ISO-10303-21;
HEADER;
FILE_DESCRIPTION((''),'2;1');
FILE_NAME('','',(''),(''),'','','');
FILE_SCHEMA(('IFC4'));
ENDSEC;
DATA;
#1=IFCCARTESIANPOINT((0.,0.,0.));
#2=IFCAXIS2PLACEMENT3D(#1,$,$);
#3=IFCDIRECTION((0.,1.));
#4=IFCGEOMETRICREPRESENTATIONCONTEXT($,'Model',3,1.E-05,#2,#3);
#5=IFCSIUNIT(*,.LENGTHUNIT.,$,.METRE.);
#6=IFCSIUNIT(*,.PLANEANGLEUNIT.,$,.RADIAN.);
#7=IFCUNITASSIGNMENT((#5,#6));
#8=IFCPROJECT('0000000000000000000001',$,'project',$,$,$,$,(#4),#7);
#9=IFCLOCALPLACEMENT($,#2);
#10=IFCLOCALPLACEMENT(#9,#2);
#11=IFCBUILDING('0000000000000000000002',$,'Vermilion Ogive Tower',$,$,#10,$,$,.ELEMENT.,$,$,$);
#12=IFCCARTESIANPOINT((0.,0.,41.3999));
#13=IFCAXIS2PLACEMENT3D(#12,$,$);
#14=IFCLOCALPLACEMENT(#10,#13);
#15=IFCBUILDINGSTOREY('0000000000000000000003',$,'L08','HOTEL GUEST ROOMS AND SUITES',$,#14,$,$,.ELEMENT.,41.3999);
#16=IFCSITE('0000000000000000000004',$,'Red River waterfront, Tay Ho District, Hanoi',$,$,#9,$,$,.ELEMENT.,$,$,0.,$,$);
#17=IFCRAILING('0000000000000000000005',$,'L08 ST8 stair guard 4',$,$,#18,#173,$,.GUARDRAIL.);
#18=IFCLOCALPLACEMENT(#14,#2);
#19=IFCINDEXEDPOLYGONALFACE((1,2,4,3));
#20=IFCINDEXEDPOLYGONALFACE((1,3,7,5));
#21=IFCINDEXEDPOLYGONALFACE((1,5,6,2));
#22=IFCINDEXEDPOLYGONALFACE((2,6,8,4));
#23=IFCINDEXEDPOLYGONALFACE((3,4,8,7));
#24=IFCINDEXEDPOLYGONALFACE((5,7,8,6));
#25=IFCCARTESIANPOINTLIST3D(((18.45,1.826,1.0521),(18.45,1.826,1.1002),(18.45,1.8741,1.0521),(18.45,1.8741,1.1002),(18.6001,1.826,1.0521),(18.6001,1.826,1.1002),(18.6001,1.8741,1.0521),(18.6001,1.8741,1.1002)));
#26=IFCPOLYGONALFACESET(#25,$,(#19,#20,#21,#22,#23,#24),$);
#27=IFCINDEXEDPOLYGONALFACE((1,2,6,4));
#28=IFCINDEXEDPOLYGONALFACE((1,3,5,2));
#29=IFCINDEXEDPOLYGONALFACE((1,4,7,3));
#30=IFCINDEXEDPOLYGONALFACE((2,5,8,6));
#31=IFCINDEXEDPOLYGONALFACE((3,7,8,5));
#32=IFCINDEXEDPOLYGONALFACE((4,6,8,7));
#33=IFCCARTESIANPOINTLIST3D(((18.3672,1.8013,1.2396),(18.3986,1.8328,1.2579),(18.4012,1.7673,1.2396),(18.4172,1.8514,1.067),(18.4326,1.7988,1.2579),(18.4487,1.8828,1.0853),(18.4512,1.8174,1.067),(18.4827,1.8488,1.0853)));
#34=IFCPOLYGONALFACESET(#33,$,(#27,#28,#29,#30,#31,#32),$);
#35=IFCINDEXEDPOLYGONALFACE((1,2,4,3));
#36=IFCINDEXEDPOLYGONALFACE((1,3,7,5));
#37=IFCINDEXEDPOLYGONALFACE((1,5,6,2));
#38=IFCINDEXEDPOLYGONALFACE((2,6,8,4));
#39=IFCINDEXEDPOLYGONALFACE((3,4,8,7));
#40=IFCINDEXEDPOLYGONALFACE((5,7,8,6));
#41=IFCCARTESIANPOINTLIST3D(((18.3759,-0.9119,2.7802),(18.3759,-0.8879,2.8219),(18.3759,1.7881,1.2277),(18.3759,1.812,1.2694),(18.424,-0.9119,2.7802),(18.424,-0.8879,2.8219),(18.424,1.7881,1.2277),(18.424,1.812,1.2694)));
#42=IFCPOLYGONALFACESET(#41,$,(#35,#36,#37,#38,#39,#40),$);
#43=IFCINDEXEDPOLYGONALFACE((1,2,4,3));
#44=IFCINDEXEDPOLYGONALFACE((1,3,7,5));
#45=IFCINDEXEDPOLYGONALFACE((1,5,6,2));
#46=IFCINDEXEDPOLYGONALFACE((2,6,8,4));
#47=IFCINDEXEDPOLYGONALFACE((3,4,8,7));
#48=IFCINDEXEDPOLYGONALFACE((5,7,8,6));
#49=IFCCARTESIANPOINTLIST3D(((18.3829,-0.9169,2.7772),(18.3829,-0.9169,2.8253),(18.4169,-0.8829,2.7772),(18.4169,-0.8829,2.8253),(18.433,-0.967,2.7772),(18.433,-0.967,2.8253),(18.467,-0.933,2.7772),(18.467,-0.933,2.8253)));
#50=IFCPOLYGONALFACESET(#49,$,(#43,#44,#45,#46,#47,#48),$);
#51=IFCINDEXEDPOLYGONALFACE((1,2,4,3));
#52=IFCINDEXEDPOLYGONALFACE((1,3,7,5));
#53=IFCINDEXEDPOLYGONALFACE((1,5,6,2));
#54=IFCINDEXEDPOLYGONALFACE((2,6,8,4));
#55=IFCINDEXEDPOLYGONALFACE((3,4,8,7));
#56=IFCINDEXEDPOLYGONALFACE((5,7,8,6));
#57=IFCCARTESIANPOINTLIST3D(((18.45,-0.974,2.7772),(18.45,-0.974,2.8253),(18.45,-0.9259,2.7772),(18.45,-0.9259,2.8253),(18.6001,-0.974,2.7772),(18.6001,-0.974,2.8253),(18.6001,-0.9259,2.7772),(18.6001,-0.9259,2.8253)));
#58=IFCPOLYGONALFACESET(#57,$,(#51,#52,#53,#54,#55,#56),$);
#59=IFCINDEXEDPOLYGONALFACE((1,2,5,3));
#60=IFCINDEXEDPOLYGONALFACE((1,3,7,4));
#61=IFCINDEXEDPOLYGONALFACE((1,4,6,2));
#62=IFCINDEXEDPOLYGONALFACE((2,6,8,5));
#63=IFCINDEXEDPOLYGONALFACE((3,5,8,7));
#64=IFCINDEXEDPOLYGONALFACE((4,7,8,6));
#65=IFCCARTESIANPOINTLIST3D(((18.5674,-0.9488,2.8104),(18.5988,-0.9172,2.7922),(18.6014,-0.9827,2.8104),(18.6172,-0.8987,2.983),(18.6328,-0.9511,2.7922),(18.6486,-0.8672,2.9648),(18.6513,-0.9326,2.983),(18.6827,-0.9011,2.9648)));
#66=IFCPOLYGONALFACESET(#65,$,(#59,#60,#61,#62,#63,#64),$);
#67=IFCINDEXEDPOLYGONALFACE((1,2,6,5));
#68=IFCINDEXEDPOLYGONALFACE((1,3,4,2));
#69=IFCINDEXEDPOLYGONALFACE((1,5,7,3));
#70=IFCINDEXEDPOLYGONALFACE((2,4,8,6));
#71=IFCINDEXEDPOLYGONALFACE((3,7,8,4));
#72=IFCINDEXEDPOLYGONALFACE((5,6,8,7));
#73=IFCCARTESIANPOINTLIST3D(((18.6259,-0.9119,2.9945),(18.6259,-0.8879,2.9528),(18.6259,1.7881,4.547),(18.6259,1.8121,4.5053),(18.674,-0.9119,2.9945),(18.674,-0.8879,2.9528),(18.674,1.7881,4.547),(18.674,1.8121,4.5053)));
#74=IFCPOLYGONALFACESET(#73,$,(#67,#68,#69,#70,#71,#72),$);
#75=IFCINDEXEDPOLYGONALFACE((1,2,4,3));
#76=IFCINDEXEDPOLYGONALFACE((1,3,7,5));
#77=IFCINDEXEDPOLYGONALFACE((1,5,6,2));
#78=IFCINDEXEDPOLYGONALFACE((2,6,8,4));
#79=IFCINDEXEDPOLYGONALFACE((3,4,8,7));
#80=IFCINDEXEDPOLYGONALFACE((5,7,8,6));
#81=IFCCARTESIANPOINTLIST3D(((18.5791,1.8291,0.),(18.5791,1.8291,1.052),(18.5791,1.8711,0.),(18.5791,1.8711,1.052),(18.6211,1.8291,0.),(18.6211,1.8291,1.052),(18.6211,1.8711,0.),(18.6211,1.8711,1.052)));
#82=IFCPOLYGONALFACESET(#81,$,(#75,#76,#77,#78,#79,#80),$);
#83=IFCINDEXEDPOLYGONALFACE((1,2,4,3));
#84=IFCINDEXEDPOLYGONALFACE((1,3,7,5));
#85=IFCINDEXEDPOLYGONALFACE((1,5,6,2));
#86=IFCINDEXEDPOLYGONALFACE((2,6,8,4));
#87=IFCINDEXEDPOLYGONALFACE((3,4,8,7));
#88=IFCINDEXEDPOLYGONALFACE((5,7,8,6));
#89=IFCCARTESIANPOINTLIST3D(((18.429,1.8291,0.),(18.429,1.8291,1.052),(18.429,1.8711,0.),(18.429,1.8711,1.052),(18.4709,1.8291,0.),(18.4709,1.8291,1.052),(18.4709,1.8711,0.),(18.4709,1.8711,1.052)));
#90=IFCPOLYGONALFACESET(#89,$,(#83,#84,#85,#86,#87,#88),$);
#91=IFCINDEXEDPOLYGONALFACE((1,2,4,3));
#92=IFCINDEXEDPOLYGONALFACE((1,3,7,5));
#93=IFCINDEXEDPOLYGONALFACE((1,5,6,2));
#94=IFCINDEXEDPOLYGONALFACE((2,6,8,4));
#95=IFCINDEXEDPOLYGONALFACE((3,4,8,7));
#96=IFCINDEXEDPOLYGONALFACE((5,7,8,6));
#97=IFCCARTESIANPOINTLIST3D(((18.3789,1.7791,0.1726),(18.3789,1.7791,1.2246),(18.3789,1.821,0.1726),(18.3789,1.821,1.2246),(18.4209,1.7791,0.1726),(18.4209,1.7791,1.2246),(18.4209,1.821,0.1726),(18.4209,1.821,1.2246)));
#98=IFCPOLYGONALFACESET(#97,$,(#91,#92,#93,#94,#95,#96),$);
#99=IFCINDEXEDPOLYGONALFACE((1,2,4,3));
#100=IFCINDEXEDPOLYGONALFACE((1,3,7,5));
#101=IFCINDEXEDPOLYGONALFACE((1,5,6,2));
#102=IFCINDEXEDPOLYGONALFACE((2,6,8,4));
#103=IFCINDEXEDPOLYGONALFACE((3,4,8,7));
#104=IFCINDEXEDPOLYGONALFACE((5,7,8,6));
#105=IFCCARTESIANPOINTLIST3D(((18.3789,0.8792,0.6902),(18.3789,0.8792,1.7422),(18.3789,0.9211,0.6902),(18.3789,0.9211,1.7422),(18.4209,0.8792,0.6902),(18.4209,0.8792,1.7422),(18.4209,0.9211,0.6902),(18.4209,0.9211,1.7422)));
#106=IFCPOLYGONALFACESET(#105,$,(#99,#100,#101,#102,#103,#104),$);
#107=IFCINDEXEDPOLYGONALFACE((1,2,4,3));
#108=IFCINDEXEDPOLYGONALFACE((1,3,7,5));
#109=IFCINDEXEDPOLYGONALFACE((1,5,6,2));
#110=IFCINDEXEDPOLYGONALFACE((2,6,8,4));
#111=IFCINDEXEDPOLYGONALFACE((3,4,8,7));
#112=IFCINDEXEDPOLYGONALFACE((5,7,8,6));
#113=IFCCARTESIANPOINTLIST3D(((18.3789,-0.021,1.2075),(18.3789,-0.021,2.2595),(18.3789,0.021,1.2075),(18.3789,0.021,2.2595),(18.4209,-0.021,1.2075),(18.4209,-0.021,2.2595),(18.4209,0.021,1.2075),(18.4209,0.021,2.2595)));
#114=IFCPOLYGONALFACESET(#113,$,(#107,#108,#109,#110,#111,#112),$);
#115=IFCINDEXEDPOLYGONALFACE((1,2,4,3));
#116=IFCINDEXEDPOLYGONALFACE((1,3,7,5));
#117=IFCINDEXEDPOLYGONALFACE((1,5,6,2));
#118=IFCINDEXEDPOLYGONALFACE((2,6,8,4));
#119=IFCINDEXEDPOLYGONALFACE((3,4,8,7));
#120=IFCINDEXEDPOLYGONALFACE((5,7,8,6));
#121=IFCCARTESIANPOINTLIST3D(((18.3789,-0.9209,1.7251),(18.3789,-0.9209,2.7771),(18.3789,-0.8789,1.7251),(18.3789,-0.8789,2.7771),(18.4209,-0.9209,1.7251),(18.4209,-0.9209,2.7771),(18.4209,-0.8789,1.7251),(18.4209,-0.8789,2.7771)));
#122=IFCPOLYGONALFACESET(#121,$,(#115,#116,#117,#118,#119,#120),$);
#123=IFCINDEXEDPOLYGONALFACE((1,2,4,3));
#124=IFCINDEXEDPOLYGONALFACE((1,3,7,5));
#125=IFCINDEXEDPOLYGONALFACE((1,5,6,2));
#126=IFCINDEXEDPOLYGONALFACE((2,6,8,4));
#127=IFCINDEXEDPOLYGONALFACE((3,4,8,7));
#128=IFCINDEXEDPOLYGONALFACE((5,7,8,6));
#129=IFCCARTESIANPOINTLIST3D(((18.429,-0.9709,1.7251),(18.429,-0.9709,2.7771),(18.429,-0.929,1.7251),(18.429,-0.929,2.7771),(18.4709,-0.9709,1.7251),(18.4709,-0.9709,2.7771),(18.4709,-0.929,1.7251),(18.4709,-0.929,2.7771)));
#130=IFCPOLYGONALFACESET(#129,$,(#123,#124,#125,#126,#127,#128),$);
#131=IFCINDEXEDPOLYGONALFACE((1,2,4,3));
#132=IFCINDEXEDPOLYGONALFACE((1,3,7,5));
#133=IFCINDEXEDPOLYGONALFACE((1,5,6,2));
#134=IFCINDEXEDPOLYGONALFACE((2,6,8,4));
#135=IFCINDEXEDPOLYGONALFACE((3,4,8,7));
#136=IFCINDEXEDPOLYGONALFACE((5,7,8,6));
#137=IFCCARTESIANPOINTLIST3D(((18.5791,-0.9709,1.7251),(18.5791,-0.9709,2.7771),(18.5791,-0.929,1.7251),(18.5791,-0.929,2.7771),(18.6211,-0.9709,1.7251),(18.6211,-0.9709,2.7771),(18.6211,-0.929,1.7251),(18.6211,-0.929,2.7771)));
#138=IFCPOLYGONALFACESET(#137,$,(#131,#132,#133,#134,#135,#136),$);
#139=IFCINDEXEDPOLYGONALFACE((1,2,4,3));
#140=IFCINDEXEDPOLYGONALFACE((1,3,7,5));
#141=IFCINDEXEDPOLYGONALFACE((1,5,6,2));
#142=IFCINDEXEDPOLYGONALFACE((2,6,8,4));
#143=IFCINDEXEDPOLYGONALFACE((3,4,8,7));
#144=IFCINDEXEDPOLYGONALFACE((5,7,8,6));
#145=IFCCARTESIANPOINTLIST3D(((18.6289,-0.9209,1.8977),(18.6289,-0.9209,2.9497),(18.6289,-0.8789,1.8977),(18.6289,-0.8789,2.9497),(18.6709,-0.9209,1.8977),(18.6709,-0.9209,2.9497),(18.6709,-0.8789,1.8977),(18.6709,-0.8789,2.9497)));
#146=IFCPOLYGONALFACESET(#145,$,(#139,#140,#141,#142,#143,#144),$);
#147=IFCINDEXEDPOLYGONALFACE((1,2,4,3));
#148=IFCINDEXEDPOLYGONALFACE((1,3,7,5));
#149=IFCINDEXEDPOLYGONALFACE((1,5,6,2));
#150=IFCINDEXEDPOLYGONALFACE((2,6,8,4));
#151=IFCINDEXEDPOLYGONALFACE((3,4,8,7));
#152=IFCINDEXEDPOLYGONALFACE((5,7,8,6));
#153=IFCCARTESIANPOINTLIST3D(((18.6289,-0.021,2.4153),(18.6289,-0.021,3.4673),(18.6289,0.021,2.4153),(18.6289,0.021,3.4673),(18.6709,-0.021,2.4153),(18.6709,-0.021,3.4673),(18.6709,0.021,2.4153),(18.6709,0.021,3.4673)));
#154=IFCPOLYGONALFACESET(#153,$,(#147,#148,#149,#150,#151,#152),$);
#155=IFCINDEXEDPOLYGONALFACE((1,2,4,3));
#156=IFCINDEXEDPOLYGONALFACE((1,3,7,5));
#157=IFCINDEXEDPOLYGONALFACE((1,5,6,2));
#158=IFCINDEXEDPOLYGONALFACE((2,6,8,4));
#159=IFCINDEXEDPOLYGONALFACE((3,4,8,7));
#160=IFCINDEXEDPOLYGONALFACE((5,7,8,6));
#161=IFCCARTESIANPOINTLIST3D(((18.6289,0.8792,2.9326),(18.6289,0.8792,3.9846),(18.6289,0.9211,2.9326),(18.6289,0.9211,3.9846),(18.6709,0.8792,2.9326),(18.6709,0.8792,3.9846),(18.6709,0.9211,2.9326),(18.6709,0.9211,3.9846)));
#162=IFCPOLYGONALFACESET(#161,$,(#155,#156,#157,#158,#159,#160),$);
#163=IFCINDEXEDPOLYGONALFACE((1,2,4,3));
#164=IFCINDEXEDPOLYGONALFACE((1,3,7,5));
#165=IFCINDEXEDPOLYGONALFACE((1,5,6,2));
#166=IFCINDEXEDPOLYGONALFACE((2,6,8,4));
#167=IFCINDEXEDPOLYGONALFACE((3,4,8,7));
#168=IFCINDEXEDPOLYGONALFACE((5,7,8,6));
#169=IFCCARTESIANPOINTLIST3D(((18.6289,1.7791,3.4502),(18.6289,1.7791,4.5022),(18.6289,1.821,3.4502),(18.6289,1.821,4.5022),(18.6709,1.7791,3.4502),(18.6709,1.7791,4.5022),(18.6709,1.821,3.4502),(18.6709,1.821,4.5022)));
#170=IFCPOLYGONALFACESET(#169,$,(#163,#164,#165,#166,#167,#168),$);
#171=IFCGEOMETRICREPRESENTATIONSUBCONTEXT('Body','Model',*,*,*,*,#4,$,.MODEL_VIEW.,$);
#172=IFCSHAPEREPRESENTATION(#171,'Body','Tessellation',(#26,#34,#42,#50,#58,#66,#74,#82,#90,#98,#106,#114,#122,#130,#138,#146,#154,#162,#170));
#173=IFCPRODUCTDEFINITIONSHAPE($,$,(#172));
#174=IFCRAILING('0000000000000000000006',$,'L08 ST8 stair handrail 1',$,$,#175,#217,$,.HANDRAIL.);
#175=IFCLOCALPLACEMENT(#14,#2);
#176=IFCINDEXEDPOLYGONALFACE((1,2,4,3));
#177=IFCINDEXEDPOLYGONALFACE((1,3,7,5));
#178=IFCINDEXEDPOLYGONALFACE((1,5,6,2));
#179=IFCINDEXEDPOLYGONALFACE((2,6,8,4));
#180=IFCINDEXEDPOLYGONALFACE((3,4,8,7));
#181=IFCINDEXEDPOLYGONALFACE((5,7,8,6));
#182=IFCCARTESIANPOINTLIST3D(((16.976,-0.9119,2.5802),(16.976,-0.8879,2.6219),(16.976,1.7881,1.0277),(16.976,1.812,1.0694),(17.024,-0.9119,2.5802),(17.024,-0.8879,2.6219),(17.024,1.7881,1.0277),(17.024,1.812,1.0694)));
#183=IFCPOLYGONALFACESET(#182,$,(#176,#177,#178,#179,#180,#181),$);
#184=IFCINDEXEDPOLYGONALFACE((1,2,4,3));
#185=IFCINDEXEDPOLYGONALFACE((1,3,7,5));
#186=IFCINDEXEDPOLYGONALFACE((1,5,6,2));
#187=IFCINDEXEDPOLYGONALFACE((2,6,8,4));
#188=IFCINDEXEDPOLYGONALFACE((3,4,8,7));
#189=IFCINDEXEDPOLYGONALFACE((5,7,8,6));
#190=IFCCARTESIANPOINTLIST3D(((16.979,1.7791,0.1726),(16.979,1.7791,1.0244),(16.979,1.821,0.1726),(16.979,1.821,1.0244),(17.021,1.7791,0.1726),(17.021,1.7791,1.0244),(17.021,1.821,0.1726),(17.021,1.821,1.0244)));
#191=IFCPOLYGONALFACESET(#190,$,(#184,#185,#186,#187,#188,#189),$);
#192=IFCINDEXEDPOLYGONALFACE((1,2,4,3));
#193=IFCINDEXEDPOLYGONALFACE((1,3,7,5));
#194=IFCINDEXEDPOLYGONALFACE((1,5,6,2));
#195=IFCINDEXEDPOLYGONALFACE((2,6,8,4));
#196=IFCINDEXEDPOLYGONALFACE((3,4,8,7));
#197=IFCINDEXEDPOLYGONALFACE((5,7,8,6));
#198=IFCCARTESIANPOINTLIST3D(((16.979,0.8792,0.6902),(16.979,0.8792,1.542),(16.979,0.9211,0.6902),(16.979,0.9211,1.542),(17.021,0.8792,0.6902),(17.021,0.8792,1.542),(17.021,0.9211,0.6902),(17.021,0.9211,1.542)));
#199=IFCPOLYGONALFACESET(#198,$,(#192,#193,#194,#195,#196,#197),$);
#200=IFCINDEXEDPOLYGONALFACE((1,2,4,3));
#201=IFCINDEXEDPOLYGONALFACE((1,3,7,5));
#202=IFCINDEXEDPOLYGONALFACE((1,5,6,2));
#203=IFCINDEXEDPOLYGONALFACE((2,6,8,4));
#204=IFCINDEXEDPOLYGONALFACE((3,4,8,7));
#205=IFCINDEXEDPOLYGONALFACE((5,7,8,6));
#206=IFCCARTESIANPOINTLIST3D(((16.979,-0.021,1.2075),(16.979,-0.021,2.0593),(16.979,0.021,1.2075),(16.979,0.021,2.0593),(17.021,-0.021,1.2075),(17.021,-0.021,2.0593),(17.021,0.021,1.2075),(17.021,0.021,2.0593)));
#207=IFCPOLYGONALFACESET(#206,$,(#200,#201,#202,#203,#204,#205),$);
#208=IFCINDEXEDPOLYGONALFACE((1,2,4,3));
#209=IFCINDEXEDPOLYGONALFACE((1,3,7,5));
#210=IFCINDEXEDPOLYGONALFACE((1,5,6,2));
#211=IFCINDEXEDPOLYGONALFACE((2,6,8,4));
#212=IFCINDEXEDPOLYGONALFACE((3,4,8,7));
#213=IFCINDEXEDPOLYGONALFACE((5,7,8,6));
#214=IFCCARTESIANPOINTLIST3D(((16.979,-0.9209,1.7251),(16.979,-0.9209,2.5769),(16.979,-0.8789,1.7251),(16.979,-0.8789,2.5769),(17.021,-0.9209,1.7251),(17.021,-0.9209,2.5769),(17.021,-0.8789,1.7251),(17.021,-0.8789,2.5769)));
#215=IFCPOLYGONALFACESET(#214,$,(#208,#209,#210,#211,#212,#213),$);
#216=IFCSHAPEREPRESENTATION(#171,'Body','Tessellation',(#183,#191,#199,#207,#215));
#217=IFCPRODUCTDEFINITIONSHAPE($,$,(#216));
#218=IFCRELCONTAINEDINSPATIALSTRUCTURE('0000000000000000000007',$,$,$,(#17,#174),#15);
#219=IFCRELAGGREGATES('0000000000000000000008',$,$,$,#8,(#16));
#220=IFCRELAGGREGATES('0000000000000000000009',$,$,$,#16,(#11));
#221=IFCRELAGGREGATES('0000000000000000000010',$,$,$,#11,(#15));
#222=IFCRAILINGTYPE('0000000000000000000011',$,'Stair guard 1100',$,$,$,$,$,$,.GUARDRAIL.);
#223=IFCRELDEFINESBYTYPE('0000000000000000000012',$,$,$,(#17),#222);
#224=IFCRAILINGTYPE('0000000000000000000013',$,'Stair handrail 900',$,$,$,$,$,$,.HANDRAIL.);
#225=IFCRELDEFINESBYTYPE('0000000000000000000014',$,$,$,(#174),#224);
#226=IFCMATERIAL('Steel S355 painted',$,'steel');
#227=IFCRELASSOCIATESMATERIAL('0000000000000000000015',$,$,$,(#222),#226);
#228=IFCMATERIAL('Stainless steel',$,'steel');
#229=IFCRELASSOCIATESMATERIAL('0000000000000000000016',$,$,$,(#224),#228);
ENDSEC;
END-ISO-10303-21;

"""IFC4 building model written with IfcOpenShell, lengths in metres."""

from ifc_helpers import new_model, si_unit, direction, frame, origin, origin_2d, place, context, subcontext, project, spatial, rectangle, extrude, material, type_object, element, save


model = new_model("IFC4")

# Units and contexts
model_context = context("Model", 3, precision=1e-05, world=origin(), true_north=direction((0.0, 1.0)))
body_context = subcontext(model_context, "Body", "Model", "MODEL_VIEW")
ifc_project = project(units=[si_unit("LENGTHUNIT", "METRE"), si_unit("PLANEANGLEUNIT", "RADIAN")], contexts=[model_context])

# Site, building, storey
site_placement = place(None, origin())
site = spatial("IfcSite", under=ifc_project, at=site_placement, Name="Red River waterfront, Tay Ho District, Hanoi", CompositionType="ELEMENT", RefElevation=0.0)
building_placement = place(site_placement, origin())
building = spatial("IfcBuilding", under=site, at=building_placement, Name="Vermilion Ogive Tower", CompositionType="ELEMENT")
storey_placement = place(building_placement, frame((0.0, 0.0, 41.3999)))
storey = spatial("IfcBuildingStorey", under=building, at=storey_placement, Name="L08", Description="HOTEL GUEST ROOMS AND SUITES", CompositionType="ELEMENT", Elevation=41.3999)

# Railings
ifc_material_1 = material(Name="Steel S355 painted", Category="steel")
railing_type_1 = type_object("IfcRailingType", Name="Stair guard 1100", PredefinedType="GUARDRAIL", material=ifc_material_1)
railing_1_placement = place(storey_placement, frame((18.6001, 1.8501, 0.0)))
element("IfcRailing", 1, at=railing_1_placement, inside=storey, type_object=railing_type_1, Name="L08 ST8 stair guard 4", PredefinedType="GUARDRAIL", context=body_context, shape_type="SweptSolid", body=[
    extrude(rectangle(XDim=0.0481, YDim=0.0481, at=origin_2d()), frame((0.0, 0.0, 1.0762), z_axis=(-1.0, 0.0, 0.0), x_axis=(0.0, -1.0, 0.0)), (0.0, 0.0, 1.0), 0.1501),
    extrude(rectangle(XDim=0.0481, YDim=0.0481, at=origin_2d()), frame((-0.1501, 0.0, 1.0762), z_axis=(-0.268278, -0.268278, 0.925232), x_axis=(0.707107, -0.707107, 0.0)), (0.0, 0.0, 1.0), 0.1865),
    extrude(rectangle(XDim=0.0481, YDim=0.0481, at=origin_2d()), frame((-0.2002, -0.05, 1.2485), z_axis=(0.0, -0.866904, 0.498476), x_axis=(1.0, 0.0, 0.0)), (0.0, 0.0, 1.0), 3.1145),
    extrude(rectangle(XDim=0.0481, YDim=0.0481, at=origin_2d()), frame((-0.2002, -2.75, 2.8013), z_axis=(0.707107, -0.707107, 0.0), x_axis=(0.707107, 0.707107, 0.0)), (0.0, 0.0, 1.0), 0.0708),
    extrude(rectangle(XDim=0.0481, YDim=0.0481, at=origin_2d()), frame((-0.1501, -2.8, 2.8013), z_axis=(1.0, 0.0, 0.0), x_axis=(0.0, 1.0, 0.0)), (0.0, 0.0, 1.0), 0.1501),
    extrude(rectangle(XDim=0.0481, YDim=0.0481, at=origin_2d()), frame((0.0, -2.8, 2.8013), z_axis=(0.267063, 0.268372, 0.925556), x_axis=(-0.708834, 0.705376, 0.0)), (0.0, 0.0, 1.0), 0.1865),
    extrude(rectangle(XDim=0.0481, YDim=0.0481, at=origin_2d()), frame((0.0498, -2.75, 2.9736), z_axis=(0.0, 0.866904, 0.498476), x_axis=(-1.0, 0.0, 0.0)), (0.0, 0.0, 1.0), 3.1145),
    extrude(rectangle(XDim=0.042, YDim=0.042, at=origin_2d()), origin(), (0.0, 0.0, 1.0), 1.052),
    extrude(rectangle(XDim=0.042, YDim=0.042, at=origin_2d()), frame((-0.1501, 0.0, 0.0)), (0.0, 0.0, 1.0), 1.052),
    extrude(rectangle(XDim=0.042, YDim=0.042, at=origin_2d()), frame((-0.2002, -0.05, 0.1726)), (0.0, 0.0, 1.0), 1.052),
    extrude(rectangle(XDim=0.042, YDim=0.042, at=origin_2d()), frame((-0.2002, -0.95, 0.6902)), (0.0, 0.0, 1.0), 1.052),
    extrude(rectangle(XDim=0.042, YDim=0.042, at=origin_2d()), frame((-0.2002, -1.8501, 1.2075)), (0.0, 0.0, 1.0), 1.052),
    extrude(rectangle(XDim=0.042, YDim=0.042, at=origin_2d()), frame((-0.2002, -2.75, 1.7251)), (0.0, 0.0, 1.0), 1.052),
    extrude(rectangle(XDim=0.042, YDim=0.042, at=origin_2d()), frame((-0.1501, -2.8, 1.7251)), (0.0, 0.0, 1.0), 1.052),
    extrude(rectangle(XDim=0.042, YDim=0.042, at=origin_2d()), frame((0.0, -2.8, 1.7251)), (0.0, 0.0, 1.0), 1.052),
    extrude(rectangle(XDim=0.042, YDim=0.042, at=origin_2d()), frame((0.0498, -2.75, 1.8977)), (0.0, 0.0, 1.0), 1.052),
    extrude(rectangle(XDim=0.042, YDim=0.042, at=origin_2d()), frame((0.0498, -1.8501, 2.4153)), (0.0, 0.0, 1.0), 1.052),
    extrude(rectangle(XDim=0.042, YDim=0.042, at=origin_2d()), frame((0.0498, -0.95, 2.9326)), (0.0, 0.0, 1.0), 1.052),
    extrude(rectangle(XDim=0.042, YDim=0.042, at=origin_2d()), frame((0.0498, -0.05, 3.4502)), (0.0, 0.0, 1.0), 1.052),
])
ifc_material_2 = material(Name="Stainless steel", Category="steel")
railing_type_2 = type_object("IfcRailingType", Name="Stair handrail 900", PredefinedType="HANDRAIL", material=ifc_material_2)
railing_2_placement = place(storey_placement, frame((17.0, 1.8, 0.1726)))
element("IfcRailing", 2, at=railing_2_placement, inside=storey, type_object=railing_type_2, Name="L08 ST8 stair handrail 1", PredefinedType="HANDRAIL", context=body_context, shape_type="SweptSolid", body=[
    extrude(rectangle(XDim=0.0481, YDim=0.0481, at=origin_2d()), frame((0.0, 0.0, 0.876), z_axis=(0.0, -0.866904, 0.498476), x_axis=(1.0, 0.0, 0.0)), (0.0, 0.0, 1.0), 3.1145),
    extrude(rectangle(XDim=0.042, YDim=0.042, at=origin_2d()), origin(), (0.0, 0.0, 1.0), 0.8518),
    extrude(rectangle(XDim=0.042, YDim=0.042, at=origin_2d()), frame((0.0, -0.8999, 0.5176)), (0.0, 0.0, 1.0), 0.8518),
    extrude(rectangle(XDim=0.042, YDim=0.042, at=origin_2d()), frame((0.0, -1.8, 1.0349)), (0.0, 0.0, 1.0), 0.8518),
    extrude(rectangle(XDim=0.042, YDim=0.042, at=origin_2d()), frame((0.0, -2.7, 1.5525)), (0.0, 0.0, 1.0), 0.8518),
])

save(model, "model.ifc")
